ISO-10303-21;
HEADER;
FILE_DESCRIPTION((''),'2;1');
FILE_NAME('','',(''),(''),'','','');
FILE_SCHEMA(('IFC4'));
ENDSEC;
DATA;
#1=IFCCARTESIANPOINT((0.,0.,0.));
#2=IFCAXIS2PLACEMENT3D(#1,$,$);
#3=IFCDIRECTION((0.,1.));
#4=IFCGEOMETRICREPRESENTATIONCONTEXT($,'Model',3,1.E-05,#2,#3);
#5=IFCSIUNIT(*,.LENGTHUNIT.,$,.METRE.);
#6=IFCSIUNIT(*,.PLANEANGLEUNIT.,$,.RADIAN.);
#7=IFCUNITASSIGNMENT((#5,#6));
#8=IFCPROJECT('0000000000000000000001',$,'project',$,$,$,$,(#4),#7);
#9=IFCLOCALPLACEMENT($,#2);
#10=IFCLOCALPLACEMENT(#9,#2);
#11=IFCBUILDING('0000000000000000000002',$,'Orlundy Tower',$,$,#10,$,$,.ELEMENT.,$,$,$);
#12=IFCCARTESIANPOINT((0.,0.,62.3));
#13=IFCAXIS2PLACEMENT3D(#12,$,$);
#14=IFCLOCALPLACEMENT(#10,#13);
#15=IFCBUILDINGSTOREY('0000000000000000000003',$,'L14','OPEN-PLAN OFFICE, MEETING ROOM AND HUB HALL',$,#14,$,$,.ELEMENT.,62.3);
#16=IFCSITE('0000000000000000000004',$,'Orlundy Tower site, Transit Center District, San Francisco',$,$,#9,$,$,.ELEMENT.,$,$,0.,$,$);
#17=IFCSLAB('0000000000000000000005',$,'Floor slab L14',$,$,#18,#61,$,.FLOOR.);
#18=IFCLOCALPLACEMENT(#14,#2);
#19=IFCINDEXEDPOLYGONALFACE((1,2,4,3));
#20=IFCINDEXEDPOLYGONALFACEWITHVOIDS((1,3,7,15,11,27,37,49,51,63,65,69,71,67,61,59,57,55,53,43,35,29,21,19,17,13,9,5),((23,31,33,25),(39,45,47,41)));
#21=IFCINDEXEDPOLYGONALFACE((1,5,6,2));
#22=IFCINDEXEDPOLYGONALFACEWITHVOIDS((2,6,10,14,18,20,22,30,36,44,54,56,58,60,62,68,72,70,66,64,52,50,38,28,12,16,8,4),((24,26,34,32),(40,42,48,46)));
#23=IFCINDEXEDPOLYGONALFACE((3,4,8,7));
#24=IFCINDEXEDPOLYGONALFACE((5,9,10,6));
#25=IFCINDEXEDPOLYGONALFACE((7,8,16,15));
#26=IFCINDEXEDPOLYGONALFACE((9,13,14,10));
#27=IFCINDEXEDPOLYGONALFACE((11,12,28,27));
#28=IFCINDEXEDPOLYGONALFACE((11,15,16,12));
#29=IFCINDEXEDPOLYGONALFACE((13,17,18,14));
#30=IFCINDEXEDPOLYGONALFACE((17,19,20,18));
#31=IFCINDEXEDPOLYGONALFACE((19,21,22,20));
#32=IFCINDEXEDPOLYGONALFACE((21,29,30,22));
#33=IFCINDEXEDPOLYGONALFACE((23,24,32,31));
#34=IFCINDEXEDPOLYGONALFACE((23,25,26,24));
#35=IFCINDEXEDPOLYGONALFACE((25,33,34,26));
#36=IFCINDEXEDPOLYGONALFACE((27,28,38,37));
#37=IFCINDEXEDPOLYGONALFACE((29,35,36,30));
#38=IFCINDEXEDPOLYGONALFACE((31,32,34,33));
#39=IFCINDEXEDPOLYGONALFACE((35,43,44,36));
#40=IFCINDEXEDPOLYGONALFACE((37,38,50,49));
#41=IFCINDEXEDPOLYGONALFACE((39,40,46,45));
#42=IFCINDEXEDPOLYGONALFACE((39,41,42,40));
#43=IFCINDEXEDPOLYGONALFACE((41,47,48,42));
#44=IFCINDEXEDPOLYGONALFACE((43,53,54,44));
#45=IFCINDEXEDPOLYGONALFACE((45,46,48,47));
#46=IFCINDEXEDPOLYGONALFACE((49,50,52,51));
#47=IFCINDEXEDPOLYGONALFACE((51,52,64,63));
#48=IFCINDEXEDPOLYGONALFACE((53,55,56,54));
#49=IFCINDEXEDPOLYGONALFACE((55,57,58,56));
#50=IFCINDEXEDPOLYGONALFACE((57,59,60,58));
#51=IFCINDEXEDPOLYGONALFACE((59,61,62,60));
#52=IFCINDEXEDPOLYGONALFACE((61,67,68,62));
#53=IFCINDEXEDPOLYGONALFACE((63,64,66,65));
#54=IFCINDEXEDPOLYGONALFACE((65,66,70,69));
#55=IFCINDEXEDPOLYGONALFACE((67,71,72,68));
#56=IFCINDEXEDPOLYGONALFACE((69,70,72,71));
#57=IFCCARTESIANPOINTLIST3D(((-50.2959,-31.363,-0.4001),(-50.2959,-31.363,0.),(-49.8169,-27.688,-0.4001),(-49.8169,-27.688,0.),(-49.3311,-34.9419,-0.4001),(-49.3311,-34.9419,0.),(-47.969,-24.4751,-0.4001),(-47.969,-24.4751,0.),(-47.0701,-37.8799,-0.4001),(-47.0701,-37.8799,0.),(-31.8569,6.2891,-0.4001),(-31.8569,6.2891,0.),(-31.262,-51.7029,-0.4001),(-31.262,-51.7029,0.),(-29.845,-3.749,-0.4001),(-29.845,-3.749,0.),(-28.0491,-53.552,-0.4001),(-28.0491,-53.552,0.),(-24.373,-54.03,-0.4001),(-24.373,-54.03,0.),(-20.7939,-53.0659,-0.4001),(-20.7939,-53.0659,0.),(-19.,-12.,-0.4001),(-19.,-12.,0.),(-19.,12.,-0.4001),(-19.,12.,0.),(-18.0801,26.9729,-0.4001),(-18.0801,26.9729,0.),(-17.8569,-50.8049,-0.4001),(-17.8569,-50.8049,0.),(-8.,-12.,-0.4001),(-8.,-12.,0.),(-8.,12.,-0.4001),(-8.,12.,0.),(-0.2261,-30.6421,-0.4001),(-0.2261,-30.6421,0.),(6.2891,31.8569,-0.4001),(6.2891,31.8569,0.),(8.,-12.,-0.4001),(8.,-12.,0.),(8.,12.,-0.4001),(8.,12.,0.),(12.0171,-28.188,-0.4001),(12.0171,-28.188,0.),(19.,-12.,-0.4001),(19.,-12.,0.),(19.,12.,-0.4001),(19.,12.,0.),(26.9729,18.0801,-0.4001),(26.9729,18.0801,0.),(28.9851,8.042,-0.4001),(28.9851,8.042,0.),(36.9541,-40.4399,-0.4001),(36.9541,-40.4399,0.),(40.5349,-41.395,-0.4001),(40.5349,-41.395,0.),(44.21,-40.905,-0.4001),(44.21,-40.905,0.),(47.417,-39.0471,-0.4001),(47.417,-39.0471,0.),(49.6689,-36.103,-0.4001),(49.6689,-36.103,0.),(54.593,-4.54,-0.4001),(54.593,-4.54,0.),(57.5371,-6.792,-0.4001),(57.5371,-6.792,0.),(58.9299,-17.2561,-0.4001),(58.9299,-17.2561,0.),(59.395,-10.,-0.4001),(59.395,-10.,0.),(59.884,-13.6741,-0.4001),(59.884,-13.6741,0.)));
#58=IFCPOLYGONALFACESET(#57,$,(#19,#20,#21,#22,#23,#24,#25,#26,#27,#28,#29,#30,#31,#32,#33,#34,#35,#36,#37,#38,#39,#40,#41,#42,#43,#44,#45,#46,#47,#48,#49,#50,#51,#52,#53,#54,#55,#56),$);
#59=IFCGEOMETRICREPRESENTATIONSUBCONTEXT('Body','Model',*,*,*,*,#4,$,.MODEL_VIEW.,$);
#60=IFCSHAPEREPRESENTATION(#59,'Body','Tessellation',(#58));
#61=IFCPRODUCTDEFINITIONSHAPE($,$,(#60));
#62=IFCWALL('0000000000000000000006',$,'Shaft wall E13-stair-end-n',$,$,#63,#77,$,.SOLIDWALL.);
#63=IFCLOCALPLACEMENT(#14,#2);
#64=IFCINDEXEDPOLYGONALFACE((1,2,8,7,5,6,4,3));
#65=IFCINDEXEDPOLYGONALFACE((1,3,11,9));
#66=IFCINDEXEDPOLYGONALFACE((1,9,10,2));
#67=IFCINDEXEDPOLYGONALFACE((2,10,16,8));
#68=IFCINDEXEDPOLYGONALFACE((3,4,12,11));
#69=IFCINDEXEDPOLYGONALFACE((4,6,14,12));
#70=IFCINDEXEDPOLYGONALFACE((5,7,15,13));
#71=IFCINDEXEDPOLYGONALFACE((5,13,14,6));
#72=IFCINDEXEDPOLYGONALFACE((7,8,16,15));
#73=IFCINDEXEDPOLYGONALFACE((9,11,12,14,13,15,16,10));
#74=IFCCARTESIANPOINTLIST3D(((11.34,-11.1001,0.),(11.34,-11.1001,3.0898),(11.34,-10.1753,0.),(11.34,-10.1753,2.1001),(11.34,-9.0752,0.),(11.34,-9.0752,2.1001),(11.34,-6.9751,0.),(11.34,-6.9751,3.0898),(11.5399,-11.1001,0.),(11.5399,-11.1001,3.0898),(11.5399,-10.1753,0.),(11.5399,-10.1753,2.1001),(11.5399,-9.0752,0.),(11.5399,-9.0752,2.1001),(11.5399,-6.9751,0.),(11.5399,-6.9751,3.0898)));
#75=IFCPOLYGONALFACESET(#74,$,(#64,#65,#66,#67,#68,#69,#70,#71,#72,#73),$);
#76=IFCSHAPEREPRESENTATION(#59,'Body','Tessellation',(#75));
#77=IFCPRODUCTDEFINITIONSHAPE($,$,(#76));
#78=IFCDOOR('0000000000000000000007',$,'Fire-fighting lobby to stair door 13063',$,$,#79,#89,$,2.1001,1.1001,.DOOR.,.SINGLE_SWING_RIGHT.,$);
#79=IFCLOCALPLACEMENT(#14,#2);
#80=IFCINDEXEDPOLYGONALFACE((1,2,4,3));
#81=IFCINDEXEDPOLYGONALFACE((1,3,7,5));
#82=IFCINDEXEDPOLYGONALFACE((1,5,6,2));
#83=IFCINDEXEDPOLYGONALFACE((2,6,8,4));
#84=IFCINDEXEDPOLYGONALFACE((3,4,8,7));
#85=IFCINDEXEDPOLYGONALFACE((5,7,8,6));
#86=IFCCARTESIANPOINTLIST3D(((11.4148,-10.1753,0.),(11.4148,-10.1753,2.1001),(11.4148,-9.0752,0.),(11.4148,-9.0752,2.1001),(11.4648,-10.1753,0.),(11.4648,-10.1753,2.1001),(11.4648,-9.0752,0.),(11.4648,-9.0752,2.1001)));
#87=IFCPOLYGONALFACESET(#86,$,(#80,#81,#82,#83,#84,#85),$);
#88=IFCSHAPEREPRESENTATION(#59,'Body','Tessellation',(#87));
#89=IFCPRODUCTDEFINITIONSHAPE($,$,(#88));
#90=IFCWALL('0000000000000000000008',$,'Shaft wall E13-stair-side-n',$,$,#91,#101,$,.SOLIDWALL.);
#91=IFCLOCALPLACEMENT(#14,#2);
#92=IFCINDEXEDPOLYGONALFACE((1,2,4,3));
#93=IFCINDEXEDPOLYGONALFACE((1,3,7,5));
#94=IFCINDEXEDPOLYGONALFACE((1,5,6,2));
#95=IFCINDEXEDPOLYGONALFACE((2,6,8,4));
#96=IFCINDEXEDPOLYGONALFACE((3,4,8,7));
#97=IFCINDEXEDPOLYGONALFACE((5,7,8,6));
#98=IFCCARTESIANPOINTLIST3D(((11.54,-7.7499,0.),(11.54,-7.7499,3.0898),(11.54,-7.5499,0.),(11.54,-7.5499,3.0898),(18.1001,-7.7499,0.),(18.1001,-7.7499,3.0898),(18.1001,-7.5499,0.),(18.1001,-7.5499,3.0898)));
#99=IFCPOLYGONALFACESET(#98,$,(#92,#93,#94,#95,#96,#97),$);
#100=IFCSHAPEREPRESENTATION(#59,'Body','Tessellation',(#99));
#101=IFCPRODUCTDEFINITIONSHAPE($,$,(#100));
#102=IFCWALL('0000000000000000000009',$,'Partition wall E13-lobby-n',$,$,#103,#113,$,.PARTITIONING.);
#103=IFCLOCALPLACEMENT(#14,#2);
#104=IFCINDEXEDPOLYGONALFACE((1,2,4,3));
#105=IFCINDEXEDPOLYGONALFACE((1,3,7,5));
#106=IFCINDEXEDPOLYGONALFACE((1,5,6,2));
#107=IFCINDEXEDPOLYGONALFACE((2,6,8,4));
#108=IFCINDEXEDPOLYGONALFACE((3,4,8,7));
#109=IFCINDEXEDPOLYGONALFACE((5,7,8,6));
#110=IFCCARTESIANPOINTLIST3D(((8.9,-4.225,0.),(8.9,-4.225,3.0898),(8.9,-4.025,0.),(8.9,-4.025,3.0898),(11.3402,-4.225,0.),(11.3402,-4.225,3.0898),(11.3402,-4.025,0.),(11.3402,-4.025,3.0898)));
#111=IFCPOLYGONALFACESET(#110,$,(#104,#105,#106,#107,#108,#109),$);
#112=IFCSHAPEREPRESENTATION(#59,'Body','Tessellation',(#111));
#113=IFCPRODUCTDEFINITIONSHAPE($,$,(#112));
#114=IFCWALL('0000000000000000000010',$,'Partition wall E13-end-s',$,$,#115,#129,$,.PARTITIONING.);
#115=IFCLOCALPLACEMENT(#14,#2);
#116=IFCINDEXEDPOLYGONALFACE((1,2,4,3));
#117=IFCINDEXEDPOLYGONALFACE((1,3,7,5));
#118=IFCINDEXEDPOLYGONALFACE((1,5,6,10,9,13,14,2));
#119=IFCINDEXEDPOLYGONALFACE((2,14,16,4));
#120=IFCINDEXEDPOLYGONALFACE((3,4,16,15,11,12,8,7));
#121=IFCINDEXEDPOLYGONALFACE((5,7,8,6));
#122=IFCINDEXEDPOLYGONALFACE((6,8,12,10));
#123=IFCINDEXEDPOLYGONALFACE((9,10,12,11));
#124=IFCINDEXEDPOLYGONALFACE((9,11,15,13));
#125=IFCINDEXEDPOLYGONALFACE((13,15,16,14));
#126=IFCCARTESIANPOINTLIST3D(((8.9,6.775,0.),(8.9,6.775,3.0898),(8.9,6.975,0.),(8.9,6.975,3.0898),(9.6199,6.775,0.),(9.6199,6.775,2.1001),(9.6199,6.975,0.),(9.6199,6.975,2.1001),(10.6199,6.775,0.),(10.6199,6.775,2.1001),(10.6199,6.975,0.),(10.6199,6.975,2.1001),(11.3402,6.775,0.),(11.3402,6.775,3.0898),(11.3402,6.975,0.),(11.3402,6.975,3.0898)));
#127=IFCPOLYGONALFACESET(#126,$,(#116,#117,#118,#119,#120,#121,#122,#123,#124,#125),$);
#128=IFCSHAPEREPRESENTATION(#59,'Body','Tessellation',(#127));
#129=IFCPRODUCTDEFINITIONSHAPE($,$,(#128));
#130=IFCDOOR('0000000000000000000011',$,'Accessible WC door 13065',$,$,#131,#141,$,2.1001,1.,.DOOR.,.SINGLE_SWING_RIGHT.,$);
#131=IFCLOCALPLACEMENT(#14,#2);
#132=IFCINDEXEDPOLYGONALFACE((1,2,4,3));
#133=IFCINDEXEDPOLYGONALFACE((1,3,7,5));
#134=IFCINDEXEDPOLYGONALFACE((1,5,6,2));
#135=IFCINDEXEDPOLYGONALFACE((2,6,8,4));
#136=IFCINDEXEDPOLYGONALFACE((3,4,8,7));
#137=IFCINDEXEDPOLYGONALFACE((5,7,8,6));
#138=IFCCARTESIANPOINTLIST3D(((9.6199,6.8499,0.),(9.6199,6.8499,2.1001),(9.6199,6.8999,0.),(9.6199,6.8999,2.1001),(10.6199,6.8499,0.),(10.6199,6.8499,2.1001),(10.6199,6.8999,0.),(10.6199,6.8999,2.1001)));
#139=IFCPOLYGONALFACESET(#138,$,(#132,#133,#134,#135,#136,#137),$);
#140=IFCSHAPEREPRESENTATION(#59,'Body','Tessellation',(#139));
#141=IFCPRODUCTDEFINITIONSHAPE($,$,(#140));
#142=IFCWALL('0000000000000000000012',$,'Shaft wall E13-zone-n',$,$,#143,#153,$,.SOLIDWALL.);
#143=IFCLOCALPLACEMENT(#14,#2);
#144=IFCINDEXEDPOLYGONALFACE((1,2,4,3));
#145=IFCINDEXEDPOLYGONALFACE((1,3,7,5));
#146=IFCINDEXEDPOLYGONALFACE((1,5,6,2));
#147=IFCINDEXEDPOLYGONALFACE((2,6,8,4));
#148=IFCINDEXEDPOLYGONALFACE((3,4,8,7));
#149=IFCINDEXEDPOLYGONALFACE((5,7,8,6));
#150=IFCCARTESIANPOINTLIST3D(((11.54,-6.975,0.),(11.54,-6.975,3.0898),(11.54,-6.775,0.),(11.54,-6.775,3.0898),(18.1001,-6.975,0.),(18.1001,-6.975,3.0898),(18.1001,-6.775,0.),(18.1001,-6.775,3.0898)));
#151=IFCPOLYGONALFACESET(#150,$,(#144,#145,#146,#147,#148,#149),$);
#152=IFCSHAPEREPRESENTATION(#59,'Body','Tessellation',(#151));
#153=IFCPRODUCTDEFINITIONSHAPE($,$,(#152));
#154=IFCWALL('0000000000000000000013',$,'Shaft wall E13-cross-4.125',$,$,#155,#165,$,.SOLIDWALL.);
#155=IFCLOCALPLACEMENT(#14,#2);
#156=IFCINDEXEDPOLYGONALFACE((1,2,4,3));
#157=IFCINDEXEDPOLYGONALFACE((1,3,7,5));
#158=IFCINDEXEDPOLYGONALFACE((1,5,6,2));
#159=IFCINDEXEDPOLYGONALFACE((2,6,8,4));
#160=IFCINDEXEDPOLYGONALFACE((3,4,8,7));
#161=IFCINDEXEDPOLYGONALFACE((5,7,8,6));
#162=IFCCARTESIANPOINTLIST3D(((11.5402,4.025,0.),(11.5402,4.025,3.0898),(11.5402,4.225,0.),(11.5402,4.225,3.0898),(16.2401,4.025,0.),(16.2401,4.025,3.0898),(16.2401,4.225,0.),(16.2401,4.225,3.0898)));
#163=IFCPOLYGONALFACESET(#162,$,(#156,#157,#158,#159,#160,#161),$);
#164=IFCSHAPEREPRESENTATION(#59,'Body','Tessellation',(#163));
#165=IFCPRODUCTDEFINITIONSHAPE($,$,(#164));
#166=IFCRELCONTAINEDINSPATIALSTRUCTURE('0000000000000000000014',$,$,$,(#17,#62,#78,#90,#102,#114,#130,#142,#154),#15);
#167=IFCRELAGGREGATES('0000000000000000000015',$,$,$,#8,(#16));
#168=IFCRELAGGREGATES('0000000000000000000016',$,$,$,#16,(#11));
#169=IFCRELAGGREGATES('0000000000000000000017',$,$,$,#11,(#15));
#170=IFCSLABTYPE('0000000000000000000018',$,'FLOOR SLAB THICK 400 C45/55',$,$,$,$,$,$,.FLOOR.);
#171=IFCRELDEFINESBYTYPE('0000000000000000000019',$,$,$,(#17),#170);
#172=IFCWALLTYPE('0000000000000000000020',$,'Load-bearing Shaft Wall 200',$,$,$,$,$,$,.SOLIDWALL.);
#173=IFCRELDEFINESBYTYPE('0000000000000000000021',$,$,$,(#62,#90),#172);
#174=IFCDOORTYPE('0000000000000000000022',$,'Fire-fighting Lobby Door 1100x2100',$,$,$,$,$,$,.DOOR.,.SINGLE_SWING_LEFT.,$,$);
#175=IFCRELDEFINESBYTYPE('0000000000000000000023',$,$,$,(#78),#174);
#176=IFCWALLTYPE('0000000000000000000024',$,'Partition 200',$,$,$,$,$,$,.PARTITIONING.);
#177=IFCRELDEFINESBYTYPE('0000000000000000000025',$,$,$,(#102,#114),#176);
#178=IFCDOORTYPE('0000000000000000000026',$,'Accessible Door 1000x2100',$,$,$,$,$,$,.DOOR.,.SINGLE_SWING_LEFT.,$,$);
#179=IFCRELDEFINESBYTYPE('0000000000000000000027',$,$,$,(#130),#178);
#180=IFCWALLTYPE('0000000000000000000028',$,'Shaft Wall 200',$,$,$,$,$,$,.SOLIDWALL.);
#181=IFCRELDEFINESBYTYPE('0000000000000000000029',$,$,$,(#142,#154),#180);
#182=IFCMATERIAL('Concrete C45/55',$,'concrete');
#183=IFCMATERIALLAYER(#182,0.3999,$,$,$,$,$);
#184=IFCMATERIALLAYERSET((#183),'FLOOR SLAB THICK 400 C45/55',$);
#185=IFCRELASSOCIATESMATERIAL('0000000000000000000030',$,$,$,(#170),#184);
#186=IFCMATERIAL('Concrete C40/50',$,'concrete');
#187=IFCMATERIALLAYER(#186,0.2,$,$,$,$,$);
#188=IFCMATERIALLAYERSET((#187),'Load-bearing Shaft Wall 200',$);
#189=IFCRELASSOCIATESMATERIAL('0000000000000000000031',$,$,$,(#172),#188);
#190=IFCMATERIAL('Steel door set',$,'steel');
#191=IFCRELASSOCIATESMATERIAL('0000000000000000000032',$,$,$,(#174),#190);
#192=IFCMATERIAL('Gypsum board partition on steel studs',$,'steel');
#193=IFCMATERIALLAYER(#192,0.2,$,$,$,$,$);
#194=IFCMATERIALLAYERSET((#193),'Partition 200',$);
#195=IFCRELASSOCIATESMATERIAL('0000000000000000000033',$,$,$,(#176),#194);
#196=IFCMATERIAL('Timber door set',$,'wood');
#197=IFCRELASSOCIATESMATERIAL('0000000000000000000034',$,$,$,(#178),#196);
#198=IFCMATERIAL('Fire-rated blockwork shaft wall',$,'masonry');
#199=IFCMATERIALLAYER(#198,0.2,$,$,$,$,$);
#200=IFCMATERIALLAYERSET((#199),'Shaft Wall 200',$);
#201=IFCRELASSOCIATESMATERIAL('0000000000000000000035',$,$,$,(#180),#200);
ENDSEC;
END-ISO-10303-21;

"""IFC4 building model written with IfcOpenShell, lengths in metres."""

from ifc_helpers import new_model, si_unit, direction, frame, frame_2d, origin, place, context, subcontext, project, spatial, polyline, rectangle, outline, extrude, material, layer, layer_set, type_object, element, fill, save


model = new_model("IFC4")

# Units and contexts
model_context = context("Model", 3, precision=1e-05, world=origin(), true_north=direction((0.0, 1.0)))
body_context = subcontext(model_context, "Body", "Model", "MODEL_VIEW")
ifc_project = project(units=[si_unit("LENGTHUNIT", "METRE"), si_unit("PLANEANGLEUNIT", "RADIAN")], contexts=[model_context])

# Site, building, storey
site_placement = place(None, origin())
site = spatial("IfcSite", under=ifc_project, at=site_placement, Name="Orlundy Tower site, Transit Center District, San Francisco", CompositionType="ELEMENT", RefElevation=0.0)
building_placement = place(site_placement, origin())
building = spatial("IfcBuilding", under=site, at=building_placement, Name="Orlundy Tower", CompositionType="ELEMENT")
storey_placement = place(building_placement, frame((0.0, 0.0, 62.3)))
storey = spatial("IfcBuildingStorey", under=building, at=storey_placement, Name="L14", Description="OPEN-PLAN OFFICE, MEETING ROOM AND HUB HALL", CompositionType="ELEMENT", Elevation=62.3)

# Slab
ifc_material_1 = material(Name="Concrete C45/55", Category="concrete")
ifc_layer_1 = layer(ifc_material_1, 0.3999)
ifc_layer_set_1 = layer_set([ifc_layer_1], Name="FLOOR SLAB THICK 400 C45/55")
slab_type_1 = type_object("IfcSlabType", Name="FLOOR SLAB THICK 400 C45/55", PredefinedType="FLOOR", material=ifc_layer_set_1)
slab_1_placement = place(storey_placement, frame((0.0, 0.0, -0.4001)))
element("IfcSlab", 1, at=slab_1_placement, inside=storey, type_object=slab_type_1, Name="Floor slab L14", PredefinedType="FLOOR", context=body_context, shape_type="SweptSolid", body=[
    extrude(outline(polyline([(12.0171, -28.188), (-0.2261, -30.6421), (-17.8569, -50.8049), (-20.7939, -53.0659), (-24.373, -54.03), (-28.0491, -53.552), (-31.262, -51.7029), (-47.0701, -37.8799), (-49.3311, -34.9419), (-50.2959, -31.363), (-49.8169, -27.688), (-47.969, -24.4751), (-29.845, -3.749), (-31.8569, 6.2891), (-18.0801, 26.9729), (6.2891, 31.8569), (26.9729, 18.0801), (28.9851, 8.042), (54.593, -4.54), (57.5371, -6.792), (59.395, -10.0), (59.884, -13.6741), (58.9299, -17.2561), (49.6689, -36.103), (47.417, -39.0471), (44.21, -40.905), (40.5349, -41.395), (36.9541, -40.4399), (12.0171, -28.188)]), holes=[polyline([(-8.0, -12.0), (-8.0, 12.0), (-19.0, 12.0), (-19.0, -12.0), (-8.0, -12.0)]), polyline([(19.0, -12.0), (19.0, 12.0), (8.0, 12.0), (8.0, -12.0), (19.0, -12.0)])]), origin(), (0.0, 0.0, 1.0), 0.4001),
])

# Wall, opening, door
ifc_material_2 = material(Name="Concrete C40/50", Category="concrete")
ifc_layer_2 = layer(ifc_material_2, 0.2)
ifc_layer_set_2 = layer_set([ifc_layer_2], Name="Load-bearing Shaft Wall 200")
wall_type_1 = type_object("IfcWallType", Name="Load-bearing Shaft Wall 200", PredefinedType="SOLIDWALL", material=ifc_layer_set_2)
wall_1_placement = place(storey_placement, frame((11.4399, -6.9751, 0.0), z_axis=(0.0, 0.0, 1.0), x_axis=(0.0, -1.0, 0.0)))
wall_1 = element("IfcWall", 2, at=wall_1_placement, inside=storey, type_object=wall_type_1, Name="Shaft wall E13-stair-end-n", PredefinedType="SOLIDWALL", context=body_context, shape_type="SweptSolid", body=[
    extrude(rectangle(XDim=4.125, YDim=0.2, at=frame_2d((2.0625, 0.0))), origin(), (0.0, 0.0, 1.0), 3.0898),
])
opening_1_placement = place(wall_1_placement, frame((2.1001, 0.0, 0.0)))
opening_1 = element("IfcOpeningElement", 3, at=opening_1_placement, cuts=wall_1, PredefinedType="OPENING", context=body_context, shape_type="SweptSolid", body=[
    extrude(rectangle(XDim=1.1001, YDim=2.1001, at=frame_2d((0.55, 1.05))), frame((0.0, 0.1101, 0.0), z_axis=(0.0, -1.0, 0.0), x_axis=(1.0, 0.0, 0.0)), (0.0, 0.0, 1.0), 0.2202),
])
ifc_material_3 = material(Name="Steel door set", Category="steel")
door_type_1 = type_object("IfcDoorType", Name="Fire-fighting Lobby Door 1100x2100", OperationType="SINGLE_SWING_LEFT", PredefinedType="DOOR", material=ifc_material_3)
door_1_placement = place(opening_1_placement, origin())
door_1 = element("IfcDoor", 4, at=door_1_placement, inside=storey, type_object=door_type_1, Name="Fire-fighting lobby to stair door 13063", OperationType="SINGLE_SWING_RIGHT", OverallHeight=2.1001, OverallWidth=1.1001, PredefinedType="DOOR", context=body_context, shape_type="SweptSolid", body=[
    extrude(rectangle(XDim=1.1001, YDim=2.1001, at=frame_2d((0.55, 1.05))), frame((0.0, 0.0249, 0.0), z_axis=(0.0, -1.0, 0.0), x_axis=(1.0, 0.0, 0.0)), (0.0, 0.0, 1.0), 0.05),
])
fill(opening_1, door_1)

# Walls
wall_2_placement = place(storey_placement, frame((11.54, -7.6499, 0.0), z_axis=(0.0, 0.0, 1.0), x_axis=(1.0, 0.0, 0.0)))
element("IfcWall", 5, at=wall_2_placement, inside=storey, type_object=wall_type_1, Name="Shaft wall E13-stair-side-n", PredefinedType="SOLIDWALL", context=body_context, shape_type="SweptSolid", body=[
    extrude(rectangle(XDim=6.5601, YDim=0.2, at=frame_2d((3.28, 0.0))), origin(), (0.0, 0.0, 1.0), 3.0898),
])
ifc_material_4 = material(Name="Gypsum board partition on steel studs", Category="steel")
ifc_layer_3 = layer(ifc_material_4, 0.2)
ifc_layer_set_3 = layer_set([ifc_layer_3], Name="Partition 200")
wall_type_2 = type_object("IfcWallType", Name="Partition 200", PredefinedType="PARTITIONING", material=ifc_layer_set_3)
wall_3_placement = place(storey_placement, frame((8.8999, -4.125, 0.0), z_axis=(0.0, 0.0, 1.0), x_axis=(1.0, 0.0, 0.0)))
element("IfcWall", 6, at=wall_3_placement, inside=storey, type_object=wall_type_2, Name="Partition wall E13-lobby-n", PredefinedType="PARTITIONING", context=body_context, shape_type="SweptSolid", body=[
    extrude(rectangle(XDim=2.4402, YDim=0.2, at=frame_2d((1.2202, 0.0))), origin(), (0.0, 0.0, 1.0), 3.0898),
])

# Wall, opening, door
wall_4_placement = place(storey_placement, frame((8.8999, 6.875, 0.0), z_axis=(0.0, 0.0, 1.0), x_axis=(1.0, 0.0, 0.0)))
wall_4 = element("IfcWall", 7, at=wall_4_placement, inside=storey, type_object=wall_type_2, Name="Partition wall E13-end-s", PredefinedType="PARTITIONING", context=body_context, shape_type="SweptSolid", body=[
    extrude(rectangle(XDim=2.4402, YDim=0.2, at=frame_2d((1.2202, 0.0))), origin(), (0.0, 0.0, 1.0), 3.0898),
])
opening_2_placement = place(wall_4_placement, frame((0.72, 0.0, 0.0)))
opening_2 = element("IfcOpeningElement", 8, at=opening_2_placement, cuts=wall_4, PredefinedType="OPENING", context=body_context, shape_type="SweptSolid", body=[
    extrude(rectangle(XDim=1.0, YDim=2.1001, at=frame_2d((0.5, 1.05))), frame((0.0, 0.1101, 0.0), z_axis=(0.0, -1.0, 0.0), x_axis=(1.0, 0.0, 0.0)), (0.0, 0.0, 1.0), 0.2202),
])
ifc_material_5 = material(Name="Timber door set", Category="wood")
door_type_2 = type_object("IfcDoorType", Name="Accessible Door 1000x2100", OperationType="SINGLE_SWING_LEFT", PredefinedType="DOOR", material=ifc_material_5)
door_2_placement = place(opening_2_placement, origin())
door_2 = element("IfcDoor", 9, at=door_2_placement, inside=storey, type_object=door_type_2, Name="Accessible WC door 13065", OperationType="SINGLE_SWING_RIGHT", OverallHeight=2.1001, OverallWidth=1.0, PredefinedType="DOOR", context=body_context, shape_type="SweptSolid", body=[
    extrude(rectangle(XDim=1.0, YDim=2.1001, at=frame_2d((0.5, 1.05))), frame((0.0, 0.0249, 0.0), z_axis=(0.0, -1.0, 0.0), x_axis=(1.0, 0.0, 0.0)), (0.0, 0.0, 1.0), 0.05),
])
fill(opening_2, door_2)

# Walls
ifc_material_6 = material(Name="Fire-rated blockwork shaft wall", Category="masonry")
ifc_layer_4 = layer(ifc_material_6, 0.2)
ifc_layer_set_4 = layer_set([ifc_layer_4], Name="Shaft Wall 200")
wall_type_3 = type_object("IfcWallType", Name="Shaft Wall 200", PredefinedType="SOLIDWALL", material=ifc_layer_set_4)
wall_5_placement = place(storey_placement, frame((11.54, -6.875, 0.0), z_axis=(0.0, 0.0, 1.0), x_axis=(1.0, 0.0, 0.0)))
element("IfcWall", 10, at=wall_5_placement, inside=storey, type_object=wall_type_3, Name="Shaft wall E13-zone-n", PredefinedType="SOLIDWALL", context=body_context, shape_type="SweptSolid", body=[
    extrude(rectangle(XDim=6.5601, YDim=0.2, at=frame_2d((3.28, 0.0))), origin(), (0.0, 0.0, 1.0), 3.0898),
])
wall_6_placement = place(storey_placement, frame((11.54, 4.125, 0.0), z_axis=(0.0, 0.0, 1.0), x_axis=(1.0, 0.0, 0.0)))
element("IfcWall", 11, at=wall_6_placement, inside=storey, type_object=wall_type_3, Name="Shaft wall E13-cross-4.125", PredefinedType="SOLIDWALL", context=body_context, shape_type="SweptSolid", body=[
    extrude(rectangle(XDim=4.7, YDim=0.2, at=frame_2d((2.3501, 0.0))), origin(), (0.0, 0.0, 1.0), 3.0898),
])

save(model, "model.ifc")
